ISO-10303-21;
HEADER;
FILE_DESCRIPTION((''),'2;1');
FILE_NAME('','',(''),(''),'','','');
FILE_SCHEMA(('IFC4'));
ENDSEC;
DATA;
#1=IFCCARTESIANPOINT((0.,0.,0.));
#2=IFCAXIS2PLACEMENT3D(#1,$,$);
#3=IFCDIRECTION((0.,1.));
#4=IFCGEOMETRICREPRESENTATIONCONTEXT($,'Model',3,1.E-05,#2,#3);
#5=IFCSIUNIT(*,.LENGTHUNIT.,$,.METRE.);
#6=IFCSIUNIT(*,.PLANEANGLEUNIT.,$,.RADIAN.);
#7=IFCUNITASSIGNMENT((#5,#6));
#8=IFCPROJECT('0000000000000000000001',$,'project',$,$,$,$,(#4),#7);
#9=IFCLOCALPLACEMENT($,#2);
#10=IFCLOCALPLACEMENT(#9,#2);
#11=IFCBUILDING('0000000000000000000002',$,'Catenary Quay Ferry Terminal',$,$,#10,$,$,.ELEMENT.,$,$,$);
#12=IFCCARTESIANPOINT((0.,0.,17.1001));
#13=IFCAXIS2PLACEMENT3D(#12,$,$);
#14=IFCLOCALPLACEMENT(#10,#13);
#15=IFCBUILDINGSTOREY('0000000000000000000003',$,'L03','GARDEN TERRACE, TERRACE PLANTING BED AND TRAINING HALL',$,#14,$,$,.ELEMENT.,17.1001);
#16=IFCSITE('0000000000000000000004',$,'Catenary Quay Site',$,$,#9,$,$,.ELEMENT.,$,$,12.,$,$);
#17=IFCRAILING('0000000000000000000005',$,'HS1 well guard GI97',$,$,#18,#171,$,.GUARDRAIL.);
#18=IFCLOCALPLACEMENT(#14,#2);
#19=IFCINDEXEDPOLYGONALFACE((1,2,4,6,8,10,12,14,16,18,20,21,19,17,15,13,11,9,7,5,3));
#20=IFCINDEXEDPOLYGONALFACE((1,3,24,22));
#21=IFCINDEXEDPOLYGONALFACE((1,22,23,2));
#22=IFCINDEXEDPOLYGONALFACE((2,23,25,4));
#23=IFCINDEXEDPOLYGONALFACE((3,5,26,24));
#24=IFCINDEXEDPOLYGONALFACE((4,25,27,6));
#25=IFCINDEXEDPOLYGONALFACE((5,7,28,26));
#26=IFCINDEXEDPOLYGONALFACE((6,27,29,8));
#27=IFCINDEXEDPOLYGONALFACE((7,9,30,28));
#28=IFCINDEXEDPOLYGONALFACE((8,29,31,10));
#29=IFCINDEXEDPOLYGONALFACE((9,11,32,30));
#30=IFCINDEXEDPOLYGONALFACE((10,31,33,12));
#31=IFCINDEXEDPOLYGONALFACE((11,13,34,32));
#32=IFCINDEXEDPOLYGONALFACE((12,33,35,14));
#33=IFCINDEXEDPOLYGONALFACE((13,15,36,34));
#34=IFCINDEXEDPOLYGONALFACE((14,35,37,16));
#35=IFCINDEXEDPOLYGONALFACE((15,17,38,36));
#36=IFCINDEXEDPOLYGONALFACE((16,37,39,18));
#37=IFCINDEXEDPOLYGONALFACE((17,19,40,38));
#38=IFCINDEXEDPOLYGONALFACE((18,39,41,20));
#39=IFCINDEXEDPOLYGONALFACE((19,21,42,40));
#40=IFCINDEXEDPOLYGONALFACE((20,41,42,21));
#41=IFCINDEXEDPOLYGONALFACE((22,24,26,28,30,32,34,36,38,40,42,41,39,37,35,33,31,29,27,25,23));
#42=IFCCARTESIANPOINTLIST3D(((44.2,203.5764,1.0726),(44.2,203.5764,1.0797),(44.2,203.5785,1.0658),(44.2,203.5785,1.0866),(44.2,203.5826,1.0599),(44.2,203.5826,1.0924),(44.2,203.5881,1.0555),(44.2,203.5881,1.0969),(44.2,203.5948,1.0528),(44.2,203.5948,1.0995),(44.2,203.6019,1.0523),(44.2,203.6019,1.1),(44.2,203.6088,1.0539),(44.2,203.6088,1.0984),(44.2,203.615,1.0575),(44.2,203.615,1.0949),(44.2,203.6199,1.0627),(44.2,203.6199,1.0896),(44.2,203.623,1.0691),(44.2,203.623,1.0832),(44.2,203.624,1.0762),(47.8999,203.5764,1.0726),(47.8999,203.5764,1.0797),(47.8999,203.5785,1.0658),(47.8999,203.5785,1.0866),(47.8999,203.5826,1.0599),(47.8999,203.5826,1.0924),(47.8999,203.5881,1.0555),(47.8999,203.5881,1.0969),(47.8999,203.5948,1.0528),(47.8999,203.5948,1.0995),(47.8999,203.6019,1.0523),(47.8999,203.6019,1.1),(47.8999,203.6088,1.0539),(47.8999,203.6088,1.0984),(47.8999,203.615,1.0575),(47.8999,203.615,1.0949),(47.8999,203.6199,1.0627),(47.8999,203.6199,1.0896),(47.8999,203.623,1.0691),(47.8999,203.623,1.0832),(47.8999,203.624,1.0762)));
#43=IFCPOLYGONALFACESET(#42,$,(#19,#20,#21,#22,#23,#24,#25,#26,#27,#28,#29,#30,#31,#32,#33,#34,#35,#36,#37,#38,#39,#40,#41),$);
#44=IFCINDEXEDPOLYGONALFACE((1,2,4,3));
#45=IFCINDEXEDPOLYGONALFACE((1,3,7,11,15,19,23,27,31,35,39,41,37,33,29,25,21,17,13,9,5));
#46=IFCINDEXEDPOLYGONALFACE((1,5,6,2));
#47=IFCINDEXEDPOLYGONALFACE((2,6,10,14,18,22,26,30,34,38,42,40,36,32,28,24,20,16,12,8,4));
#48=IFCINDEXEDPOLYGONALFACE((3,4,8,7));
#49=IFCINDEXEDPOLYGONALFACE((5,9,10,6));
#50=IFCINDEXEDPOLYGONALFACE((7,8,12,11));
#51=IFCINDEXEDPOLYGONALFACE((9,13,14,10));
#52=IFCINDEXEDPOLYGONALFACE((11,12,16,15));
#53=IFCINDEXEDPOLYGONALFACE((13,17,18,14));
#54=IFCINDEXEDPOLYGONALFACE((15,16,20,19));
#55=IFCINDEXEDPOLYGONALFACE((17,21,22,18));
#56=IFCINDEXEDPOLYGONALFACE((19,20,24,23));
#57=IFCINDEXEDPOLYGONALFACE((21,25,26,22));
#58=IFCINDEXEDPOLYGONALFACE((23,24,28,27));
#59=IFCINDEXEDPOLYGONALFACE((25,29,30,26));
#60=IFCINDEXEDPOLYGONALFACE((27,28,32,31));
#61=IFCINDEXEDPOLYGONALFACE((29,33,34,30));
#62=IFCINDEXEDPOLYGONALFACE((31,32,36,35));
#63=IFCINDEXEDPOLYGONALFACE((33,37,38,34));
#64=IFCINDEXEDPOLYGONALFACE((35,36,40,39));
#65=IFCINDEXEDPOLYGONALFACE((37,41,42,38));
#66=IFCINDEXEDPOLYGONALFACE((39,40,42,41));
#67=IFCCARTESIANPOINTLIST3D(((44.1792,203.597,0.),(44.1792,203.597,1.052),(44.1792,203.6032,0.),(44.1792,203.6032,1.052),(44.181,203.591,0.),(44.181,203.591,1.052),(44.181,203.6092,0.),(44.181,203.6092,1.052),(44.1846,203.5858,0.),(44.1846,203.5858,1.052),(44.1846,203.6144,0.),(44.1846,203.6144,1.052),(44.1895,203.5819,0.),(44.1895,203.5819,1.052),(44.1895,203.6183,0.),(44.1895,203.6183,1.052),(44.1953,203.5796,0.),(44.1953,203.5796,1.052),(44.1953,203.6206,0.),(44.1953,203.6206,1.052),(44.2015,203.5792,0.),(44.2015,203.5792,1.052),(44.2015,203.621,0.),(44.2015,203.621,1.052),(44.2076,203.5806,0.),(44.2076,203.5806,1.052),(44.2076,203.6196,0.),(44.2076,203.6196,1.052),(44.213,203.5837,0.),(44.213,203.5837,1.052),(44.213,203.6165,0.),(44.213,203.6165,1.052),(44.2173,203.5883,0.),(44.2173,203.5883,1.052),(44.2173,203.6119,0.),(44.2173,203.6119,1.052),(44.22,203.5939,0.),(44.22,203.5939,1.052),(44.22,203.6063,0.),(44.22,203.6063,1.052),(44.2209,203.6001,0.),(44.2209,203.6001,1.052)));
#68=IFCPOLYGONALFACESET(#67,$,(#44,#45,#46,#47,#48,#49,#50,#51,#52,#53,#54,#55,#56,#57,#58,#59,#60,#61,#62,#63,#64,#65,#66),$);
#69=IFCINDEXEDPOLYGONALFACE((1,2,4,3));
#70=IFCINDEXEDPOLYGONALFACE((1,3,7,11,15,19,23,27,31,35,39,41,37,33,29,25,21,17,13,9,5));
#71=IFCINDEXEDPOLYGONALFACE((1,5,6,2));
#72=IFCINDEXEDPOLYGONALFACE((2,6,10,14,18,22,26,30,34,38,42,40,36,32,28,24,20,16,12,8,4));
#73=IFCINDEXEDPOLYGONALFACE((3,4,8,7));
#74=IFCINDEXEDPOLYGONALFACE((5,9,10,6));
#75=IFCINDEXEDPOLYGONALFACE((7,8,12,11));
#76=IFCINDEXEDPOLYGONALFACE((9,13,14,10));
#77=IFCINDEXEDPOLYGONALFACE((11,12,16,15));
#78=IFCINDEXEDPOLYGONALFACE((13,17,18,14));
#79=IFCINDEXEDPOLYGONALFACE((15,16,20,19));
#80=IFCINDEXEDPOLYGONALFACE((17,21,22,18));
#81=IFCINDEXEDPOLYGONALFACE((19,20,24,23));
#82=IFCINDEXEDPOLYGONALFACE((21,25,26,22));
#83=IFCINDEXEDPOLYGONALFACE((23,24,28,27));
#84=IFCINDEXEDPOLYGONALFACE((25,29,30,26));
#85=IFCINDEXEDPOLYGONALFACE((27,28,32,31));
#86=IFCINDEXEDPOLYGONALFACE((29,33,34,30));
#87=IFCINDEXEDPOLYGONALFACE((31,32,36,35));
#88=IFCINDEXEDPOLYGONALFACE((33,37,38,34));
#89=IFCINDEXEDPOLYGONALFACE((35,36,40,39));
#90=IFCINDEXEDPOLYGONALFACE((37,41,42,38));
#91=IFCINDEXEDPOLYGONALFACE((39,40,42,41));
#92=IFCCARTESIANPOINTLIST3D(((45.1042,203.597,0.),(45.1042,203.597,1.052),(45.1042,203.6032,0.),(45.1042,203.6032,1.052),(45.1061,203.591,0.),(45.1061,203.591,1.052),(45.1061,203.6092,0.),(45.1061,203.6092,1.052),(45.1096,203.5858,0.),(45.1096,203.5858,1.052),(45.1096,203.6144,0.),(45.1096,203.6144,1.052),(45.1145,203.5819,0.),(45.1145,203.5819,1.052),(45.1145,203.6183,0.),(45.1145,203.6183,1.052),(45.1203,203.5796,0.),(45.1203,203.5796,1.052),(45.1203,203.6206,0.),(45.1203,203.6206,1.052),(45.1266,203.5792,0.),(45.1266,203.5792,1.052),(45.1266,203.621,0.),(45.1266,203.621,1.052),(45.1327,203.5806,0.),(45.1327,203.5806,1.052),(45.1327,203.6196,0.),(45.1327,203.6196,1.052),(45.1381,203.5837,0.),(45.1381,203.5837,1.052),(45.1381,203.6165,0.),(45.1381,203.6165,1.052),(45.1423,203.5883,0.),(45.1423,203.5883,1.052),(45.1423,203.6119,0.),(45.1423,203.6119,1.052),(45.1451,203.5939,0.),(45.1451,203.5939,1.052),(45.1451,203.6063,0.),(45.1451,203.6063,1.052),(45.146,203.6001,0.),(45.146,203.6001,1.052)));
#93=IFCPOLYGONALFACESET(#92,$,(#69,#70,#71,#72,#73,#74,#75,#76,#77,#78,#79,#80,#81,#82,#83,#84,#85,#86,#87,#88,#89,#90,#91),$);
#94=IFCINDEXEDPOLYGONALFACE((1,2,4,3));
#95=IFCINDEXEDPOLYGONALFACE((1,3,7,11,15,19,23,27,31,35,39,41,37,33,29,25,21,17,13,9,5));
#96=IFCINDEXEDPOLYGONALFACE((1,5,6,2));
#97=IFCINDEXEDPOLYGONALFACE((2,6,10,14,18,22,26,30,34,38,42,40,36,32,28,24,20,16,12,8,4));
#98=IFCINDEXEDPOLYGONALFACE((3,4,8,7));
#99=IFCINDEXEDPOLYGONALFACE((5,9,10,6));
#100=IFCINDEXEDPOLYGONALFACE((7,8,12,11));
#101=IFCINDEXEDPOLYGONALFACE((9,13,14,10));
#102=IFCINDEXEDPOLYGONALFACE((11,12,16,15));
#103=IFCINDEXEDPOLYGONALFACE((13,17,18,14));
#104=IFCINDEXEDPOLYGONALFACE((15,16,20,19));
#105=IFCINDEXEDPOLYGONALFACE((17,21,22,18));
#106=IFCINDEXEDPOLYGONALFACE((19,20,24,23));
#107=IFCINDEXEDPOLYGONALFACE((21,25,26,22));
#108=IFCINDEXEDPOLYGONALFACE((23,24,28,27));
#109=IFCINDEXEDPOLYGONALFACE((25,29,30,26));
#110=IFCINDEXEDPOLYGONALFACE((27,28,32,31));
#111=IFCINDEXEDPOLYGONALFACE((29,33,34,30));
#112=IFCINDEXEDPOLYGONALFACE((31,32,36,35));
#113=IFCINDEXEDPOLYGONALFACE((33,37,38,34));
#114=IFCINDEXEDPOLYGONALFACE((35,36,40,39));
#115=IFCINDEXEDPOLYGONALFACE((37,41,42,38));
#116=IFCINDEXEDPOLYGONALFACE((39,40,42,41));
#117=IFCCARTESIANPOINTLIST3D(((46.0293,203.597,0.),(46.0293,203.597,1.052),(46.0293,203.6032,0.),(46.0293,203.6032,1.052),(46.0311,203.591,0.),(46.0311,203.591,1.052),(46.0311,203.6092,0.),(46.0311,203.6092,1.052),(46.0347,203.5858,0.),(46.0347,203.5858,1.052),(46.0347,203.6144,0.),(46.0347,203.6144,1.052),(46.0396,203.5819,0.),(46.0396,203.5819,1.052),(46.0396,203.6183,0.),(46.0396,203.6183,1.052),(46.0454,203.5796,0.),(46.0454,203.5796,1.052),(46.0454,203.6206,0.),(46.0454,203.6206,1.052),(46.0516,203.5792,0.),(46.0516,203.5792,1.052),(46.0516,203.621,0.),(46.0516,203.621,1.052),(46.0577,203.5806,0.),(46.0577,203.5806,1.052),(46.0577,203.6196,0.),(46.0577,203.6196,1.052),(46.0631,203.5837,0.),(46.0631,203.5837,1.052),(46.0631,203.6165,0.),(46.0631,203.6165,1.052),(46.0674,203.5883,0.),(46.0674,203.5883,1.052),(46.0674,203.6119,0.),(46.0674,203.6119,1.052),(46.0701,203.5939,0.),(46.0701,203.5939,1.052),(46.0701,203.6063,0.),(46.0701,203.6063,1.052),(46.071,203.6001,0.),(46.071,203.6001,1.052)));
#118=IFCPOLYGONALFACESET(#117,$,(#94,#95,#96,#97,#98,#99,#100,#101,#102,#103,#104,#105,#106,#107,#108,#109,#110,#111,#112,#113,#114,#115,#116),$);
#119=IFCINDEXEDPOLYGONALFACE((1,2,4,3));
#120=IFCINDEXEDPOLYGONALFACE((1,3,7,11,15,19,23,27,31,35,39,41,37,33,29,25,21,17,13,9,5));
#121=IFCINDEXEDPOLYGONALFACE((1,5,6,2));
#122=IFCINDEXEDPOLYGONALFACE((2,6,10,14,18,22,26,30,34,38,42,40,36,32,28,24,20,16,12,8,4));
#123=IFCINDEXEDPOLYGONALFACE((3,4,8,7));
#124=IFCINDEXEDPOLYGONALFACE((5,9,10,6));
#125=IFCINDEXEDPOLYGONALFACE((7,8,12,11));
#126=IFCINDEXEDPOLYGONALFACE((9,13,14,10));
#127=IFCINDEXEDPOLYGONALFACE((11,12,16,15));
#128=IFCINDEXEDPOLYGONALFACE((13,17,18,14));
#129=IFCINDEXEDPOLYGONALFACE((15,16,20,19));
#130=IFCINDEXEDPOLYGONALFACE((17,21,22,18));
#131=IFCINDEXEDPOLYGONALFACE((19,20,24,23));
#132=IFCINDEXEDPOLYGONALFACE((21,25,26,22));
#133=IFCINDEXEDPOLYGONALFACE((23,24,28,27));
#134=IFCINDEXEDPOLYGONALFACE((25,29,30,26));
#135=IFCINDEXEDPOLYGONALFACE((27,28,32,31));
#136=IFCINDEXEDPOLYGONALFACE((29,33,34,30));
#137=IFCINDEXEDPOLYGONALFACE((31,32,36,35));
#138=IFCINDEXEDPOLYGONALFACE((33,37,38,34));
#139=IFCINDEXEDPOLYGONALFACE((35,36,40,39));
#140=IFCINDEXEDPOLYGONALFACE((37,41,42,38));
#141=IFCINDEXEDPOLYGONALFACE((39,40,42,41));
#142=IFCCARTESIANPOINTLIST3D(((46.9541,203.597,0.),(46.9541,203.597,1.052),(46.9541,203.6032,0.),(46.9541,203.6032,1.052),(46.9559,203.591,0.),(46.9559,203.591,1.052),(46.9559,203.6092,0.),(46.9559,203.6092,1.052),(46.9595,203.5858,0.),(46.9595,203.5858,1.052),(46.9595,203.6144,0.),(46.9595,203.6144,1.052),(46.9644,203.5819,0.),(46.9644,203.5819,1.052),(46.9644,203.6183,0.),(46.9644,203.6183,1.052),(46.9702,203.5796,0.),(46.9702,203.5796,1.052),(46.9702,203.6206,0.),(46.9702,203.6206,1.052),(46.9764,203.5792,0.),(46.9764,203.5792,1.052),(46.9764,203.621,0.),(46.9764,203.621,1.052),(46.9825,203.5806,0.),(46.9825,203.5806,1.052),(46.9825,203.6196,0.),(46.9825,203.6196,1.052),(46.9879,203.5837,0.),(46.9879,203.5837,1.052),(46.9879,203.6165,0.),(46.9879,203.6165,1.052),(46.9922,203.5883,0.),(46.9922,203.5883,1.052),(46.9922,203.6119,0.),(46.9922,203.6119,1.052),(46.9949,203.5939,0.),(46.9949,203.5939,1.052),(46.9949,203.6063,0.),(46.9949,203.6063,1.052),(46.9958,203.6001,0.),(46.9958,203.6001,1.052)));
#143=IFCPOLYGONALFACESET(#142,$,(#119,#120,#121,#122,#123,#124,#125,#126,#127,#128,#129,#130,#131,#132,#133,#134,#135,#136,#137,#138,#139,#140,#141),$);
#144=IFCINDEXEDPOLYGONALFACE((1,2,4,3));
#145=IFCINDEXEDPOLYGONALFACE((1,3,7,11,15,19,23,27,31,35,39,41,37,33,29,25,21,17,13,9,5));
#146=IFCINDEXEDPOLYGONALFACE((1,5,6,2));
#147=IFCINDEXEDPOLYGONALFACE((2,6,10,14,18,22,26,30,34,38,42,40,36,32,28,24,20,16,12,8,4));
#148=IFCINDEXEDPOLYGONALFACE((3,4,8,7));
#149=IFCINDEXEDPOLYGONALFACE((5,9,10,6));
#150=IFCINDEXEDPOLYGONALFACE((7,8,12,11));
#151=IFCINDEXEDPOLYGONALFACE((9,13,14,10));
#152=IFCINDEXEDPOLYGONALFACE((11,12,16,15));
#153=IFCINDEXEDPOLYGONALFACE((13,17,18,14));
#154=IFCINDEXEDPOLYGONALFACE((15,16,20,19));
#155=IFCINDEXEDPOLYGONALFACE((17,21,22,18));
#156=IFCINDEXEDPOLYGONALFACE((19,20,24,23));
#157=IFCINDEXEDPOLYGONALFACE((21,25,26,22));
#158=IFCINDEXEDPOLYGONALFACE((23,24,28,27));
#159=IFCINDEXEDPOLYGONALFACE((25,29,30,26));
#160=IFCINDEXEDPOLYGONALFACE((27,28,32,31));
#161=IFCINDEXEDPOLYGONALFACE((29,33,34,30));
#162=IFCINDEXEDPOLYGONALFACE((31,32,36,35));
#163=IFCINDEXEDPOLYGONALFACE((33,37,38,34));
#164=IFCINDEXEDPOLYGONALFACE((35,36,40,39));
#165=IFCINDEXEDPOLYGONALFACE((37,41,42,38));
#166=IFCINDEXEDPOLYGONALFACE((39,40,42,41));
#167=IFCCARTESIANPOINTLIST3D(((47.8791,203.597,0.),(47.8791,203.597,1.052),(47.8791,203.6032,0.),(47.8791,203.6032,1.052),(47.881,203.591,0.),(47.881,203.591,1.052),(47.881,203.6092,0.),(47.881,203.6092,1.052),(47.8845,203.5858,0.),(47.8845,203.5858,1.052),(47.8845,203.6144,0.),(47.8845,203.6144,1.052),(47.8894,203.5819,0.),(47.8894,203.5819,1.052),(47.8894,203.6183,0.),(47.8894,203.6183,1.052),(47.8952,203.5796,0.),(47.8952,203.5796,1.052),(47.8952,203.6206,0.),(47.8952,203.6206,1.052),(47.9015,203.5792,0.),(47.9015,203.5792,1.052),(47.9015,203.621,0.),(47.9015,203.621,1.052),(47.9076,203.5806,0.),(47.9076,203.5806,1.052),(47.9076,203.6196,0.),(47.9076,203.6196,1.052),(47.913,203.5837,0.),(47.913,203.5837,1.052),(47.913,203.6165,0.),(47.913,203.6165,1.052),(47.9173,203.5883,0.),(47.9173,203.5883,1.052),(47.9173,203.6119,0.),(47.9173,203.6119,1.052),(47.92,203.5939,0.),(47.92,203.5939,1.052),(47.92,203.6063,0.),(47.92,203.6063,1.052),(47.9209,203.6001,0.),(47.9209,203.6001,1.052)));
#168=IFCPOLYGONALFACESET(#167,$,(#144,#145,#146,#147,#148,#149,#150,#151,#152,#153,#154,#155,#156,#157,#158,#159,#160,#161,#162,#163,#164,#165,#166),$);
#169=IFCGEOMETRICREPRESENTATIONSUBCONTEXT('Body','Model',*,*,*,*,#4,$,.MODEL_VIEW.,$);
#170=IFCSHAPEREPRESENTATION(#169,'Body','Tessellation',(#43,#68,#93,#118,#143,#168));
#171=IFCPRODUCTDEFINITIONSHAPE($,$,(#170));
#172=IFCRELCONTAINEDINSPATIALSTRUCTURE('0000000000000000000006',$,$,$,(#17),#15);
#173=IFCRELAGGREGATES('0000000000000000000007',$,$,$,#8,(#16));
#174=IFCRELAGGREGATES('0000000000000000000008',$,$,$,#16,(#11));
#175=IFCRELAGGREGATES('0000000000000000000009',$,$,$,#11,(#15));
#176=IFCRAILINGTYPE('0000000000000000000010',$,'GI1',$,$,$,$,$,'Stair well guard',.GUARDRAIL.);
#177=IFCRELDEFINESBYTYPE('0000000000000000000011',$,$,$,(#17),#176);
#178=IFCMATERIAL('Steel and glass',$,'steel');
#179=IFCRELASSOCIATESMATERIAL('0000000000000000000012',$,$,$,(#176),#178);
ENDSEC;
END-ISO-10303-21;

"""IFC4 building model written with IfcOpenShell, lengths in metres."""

from ifc_helpers import new_model, si_unit, direction, frame, origin, origin_2d, place, context, subcontext, project, spatial, circle, extrude, material, type_object, element, save


model = new_model("IFC4")

# Units and contexts
model_context = context("Model", 3, precision=1e-05, world=origin(), true_north=direction((0.0, 1.0)))
body_context = subcontext(model_context, "Body", "Model", "MODEL_VIEW")
ifc_project = project(units=[si_unit("LENGTHUNIT", "METRE"), si_unit("PLANEANGLEUNIT", "RADIAN")], contexts=[model_context])

# Site, building, storey
site_placement = place(None, origin())
site = spatial("IfcSite", under=ifc_project, at=site_placement, Name="Catenary Quay Site", CompositionType="ELEMENT", RefElevation=12.0)
building_placement = place(site_placement, origin())
building = spatial("IfcBuilding", under=site, at=building_placement, Name="Catenary Quay Ferry Terminal", CompositionType="ELEMENT")
storey_placement = place(building_placement, frame((0.0, 0.0, 17.1001)))
storey = spatial("IfcBuildingStorey", under=building, at=storey_placement, Name="L03", Description="GARDEN TERRACE, TERRACE PLANTING BED AND TRAINING HALL", CompositionType="ELEMENT", Elevation=17.1001)

# Railing
ifc_material_1 = material(Name="Steel and glass", Category="steel")
railing_type_1 = type_object("IfcRailingType", Name="GI1", ElementType="Stair well guard", PredefinedType="GUARDRAIL", material=ifc_material_1)
railing_1_placement = place(storey_placement, frame((44.2, 203.6001, 0.0)))
element("IfcRailing", 1, at=railing_1_placement, inside=storey, type_object=railing_type_1, Name="HS1 well guard GI97", PredefinedType="GUARDRAIL", context=body_context, shape_type="SweptSolid", body=[
    extrude(circle(Radius=0.0239, at=origin_2d()), frame((0.0, 0.0, 1.0762), z_axis=(1.0, 0.0, 0.0), x_axis=(0.0, 1.0, 0.0)), (0.0, 0.0, 1.0), 3.7),
    extrude(circle(Radius=0.021, at=origin_2d()), origin(), (0.0, 0.0, 1.0), 1.052),
    extrude(circle(Radius=0.021, at=origin_2d()), frame((0.925, 0.0, 0.0)), (0.0, 0.0, 1.0), 1.052),
    extrude(circle(Radius=0.021, at=origin_2d()), frame((1.8501, 0.0, 0.0)), (0.0, 0.0, 1.0), 1.052),
    extrude(circle(Radius=0.021, at=origin_2d()), frame((2.7749, 0.0, 0.0)), (0.0, 0.0, 1.0), 1.052),
    extrude(circle(Radius=0.021, at=origin_2d()), frame((3.7, 0.0, 0.0)), (0.0, 0.0, 1.0), 1.052),
])

save(model, "model.ifc")
